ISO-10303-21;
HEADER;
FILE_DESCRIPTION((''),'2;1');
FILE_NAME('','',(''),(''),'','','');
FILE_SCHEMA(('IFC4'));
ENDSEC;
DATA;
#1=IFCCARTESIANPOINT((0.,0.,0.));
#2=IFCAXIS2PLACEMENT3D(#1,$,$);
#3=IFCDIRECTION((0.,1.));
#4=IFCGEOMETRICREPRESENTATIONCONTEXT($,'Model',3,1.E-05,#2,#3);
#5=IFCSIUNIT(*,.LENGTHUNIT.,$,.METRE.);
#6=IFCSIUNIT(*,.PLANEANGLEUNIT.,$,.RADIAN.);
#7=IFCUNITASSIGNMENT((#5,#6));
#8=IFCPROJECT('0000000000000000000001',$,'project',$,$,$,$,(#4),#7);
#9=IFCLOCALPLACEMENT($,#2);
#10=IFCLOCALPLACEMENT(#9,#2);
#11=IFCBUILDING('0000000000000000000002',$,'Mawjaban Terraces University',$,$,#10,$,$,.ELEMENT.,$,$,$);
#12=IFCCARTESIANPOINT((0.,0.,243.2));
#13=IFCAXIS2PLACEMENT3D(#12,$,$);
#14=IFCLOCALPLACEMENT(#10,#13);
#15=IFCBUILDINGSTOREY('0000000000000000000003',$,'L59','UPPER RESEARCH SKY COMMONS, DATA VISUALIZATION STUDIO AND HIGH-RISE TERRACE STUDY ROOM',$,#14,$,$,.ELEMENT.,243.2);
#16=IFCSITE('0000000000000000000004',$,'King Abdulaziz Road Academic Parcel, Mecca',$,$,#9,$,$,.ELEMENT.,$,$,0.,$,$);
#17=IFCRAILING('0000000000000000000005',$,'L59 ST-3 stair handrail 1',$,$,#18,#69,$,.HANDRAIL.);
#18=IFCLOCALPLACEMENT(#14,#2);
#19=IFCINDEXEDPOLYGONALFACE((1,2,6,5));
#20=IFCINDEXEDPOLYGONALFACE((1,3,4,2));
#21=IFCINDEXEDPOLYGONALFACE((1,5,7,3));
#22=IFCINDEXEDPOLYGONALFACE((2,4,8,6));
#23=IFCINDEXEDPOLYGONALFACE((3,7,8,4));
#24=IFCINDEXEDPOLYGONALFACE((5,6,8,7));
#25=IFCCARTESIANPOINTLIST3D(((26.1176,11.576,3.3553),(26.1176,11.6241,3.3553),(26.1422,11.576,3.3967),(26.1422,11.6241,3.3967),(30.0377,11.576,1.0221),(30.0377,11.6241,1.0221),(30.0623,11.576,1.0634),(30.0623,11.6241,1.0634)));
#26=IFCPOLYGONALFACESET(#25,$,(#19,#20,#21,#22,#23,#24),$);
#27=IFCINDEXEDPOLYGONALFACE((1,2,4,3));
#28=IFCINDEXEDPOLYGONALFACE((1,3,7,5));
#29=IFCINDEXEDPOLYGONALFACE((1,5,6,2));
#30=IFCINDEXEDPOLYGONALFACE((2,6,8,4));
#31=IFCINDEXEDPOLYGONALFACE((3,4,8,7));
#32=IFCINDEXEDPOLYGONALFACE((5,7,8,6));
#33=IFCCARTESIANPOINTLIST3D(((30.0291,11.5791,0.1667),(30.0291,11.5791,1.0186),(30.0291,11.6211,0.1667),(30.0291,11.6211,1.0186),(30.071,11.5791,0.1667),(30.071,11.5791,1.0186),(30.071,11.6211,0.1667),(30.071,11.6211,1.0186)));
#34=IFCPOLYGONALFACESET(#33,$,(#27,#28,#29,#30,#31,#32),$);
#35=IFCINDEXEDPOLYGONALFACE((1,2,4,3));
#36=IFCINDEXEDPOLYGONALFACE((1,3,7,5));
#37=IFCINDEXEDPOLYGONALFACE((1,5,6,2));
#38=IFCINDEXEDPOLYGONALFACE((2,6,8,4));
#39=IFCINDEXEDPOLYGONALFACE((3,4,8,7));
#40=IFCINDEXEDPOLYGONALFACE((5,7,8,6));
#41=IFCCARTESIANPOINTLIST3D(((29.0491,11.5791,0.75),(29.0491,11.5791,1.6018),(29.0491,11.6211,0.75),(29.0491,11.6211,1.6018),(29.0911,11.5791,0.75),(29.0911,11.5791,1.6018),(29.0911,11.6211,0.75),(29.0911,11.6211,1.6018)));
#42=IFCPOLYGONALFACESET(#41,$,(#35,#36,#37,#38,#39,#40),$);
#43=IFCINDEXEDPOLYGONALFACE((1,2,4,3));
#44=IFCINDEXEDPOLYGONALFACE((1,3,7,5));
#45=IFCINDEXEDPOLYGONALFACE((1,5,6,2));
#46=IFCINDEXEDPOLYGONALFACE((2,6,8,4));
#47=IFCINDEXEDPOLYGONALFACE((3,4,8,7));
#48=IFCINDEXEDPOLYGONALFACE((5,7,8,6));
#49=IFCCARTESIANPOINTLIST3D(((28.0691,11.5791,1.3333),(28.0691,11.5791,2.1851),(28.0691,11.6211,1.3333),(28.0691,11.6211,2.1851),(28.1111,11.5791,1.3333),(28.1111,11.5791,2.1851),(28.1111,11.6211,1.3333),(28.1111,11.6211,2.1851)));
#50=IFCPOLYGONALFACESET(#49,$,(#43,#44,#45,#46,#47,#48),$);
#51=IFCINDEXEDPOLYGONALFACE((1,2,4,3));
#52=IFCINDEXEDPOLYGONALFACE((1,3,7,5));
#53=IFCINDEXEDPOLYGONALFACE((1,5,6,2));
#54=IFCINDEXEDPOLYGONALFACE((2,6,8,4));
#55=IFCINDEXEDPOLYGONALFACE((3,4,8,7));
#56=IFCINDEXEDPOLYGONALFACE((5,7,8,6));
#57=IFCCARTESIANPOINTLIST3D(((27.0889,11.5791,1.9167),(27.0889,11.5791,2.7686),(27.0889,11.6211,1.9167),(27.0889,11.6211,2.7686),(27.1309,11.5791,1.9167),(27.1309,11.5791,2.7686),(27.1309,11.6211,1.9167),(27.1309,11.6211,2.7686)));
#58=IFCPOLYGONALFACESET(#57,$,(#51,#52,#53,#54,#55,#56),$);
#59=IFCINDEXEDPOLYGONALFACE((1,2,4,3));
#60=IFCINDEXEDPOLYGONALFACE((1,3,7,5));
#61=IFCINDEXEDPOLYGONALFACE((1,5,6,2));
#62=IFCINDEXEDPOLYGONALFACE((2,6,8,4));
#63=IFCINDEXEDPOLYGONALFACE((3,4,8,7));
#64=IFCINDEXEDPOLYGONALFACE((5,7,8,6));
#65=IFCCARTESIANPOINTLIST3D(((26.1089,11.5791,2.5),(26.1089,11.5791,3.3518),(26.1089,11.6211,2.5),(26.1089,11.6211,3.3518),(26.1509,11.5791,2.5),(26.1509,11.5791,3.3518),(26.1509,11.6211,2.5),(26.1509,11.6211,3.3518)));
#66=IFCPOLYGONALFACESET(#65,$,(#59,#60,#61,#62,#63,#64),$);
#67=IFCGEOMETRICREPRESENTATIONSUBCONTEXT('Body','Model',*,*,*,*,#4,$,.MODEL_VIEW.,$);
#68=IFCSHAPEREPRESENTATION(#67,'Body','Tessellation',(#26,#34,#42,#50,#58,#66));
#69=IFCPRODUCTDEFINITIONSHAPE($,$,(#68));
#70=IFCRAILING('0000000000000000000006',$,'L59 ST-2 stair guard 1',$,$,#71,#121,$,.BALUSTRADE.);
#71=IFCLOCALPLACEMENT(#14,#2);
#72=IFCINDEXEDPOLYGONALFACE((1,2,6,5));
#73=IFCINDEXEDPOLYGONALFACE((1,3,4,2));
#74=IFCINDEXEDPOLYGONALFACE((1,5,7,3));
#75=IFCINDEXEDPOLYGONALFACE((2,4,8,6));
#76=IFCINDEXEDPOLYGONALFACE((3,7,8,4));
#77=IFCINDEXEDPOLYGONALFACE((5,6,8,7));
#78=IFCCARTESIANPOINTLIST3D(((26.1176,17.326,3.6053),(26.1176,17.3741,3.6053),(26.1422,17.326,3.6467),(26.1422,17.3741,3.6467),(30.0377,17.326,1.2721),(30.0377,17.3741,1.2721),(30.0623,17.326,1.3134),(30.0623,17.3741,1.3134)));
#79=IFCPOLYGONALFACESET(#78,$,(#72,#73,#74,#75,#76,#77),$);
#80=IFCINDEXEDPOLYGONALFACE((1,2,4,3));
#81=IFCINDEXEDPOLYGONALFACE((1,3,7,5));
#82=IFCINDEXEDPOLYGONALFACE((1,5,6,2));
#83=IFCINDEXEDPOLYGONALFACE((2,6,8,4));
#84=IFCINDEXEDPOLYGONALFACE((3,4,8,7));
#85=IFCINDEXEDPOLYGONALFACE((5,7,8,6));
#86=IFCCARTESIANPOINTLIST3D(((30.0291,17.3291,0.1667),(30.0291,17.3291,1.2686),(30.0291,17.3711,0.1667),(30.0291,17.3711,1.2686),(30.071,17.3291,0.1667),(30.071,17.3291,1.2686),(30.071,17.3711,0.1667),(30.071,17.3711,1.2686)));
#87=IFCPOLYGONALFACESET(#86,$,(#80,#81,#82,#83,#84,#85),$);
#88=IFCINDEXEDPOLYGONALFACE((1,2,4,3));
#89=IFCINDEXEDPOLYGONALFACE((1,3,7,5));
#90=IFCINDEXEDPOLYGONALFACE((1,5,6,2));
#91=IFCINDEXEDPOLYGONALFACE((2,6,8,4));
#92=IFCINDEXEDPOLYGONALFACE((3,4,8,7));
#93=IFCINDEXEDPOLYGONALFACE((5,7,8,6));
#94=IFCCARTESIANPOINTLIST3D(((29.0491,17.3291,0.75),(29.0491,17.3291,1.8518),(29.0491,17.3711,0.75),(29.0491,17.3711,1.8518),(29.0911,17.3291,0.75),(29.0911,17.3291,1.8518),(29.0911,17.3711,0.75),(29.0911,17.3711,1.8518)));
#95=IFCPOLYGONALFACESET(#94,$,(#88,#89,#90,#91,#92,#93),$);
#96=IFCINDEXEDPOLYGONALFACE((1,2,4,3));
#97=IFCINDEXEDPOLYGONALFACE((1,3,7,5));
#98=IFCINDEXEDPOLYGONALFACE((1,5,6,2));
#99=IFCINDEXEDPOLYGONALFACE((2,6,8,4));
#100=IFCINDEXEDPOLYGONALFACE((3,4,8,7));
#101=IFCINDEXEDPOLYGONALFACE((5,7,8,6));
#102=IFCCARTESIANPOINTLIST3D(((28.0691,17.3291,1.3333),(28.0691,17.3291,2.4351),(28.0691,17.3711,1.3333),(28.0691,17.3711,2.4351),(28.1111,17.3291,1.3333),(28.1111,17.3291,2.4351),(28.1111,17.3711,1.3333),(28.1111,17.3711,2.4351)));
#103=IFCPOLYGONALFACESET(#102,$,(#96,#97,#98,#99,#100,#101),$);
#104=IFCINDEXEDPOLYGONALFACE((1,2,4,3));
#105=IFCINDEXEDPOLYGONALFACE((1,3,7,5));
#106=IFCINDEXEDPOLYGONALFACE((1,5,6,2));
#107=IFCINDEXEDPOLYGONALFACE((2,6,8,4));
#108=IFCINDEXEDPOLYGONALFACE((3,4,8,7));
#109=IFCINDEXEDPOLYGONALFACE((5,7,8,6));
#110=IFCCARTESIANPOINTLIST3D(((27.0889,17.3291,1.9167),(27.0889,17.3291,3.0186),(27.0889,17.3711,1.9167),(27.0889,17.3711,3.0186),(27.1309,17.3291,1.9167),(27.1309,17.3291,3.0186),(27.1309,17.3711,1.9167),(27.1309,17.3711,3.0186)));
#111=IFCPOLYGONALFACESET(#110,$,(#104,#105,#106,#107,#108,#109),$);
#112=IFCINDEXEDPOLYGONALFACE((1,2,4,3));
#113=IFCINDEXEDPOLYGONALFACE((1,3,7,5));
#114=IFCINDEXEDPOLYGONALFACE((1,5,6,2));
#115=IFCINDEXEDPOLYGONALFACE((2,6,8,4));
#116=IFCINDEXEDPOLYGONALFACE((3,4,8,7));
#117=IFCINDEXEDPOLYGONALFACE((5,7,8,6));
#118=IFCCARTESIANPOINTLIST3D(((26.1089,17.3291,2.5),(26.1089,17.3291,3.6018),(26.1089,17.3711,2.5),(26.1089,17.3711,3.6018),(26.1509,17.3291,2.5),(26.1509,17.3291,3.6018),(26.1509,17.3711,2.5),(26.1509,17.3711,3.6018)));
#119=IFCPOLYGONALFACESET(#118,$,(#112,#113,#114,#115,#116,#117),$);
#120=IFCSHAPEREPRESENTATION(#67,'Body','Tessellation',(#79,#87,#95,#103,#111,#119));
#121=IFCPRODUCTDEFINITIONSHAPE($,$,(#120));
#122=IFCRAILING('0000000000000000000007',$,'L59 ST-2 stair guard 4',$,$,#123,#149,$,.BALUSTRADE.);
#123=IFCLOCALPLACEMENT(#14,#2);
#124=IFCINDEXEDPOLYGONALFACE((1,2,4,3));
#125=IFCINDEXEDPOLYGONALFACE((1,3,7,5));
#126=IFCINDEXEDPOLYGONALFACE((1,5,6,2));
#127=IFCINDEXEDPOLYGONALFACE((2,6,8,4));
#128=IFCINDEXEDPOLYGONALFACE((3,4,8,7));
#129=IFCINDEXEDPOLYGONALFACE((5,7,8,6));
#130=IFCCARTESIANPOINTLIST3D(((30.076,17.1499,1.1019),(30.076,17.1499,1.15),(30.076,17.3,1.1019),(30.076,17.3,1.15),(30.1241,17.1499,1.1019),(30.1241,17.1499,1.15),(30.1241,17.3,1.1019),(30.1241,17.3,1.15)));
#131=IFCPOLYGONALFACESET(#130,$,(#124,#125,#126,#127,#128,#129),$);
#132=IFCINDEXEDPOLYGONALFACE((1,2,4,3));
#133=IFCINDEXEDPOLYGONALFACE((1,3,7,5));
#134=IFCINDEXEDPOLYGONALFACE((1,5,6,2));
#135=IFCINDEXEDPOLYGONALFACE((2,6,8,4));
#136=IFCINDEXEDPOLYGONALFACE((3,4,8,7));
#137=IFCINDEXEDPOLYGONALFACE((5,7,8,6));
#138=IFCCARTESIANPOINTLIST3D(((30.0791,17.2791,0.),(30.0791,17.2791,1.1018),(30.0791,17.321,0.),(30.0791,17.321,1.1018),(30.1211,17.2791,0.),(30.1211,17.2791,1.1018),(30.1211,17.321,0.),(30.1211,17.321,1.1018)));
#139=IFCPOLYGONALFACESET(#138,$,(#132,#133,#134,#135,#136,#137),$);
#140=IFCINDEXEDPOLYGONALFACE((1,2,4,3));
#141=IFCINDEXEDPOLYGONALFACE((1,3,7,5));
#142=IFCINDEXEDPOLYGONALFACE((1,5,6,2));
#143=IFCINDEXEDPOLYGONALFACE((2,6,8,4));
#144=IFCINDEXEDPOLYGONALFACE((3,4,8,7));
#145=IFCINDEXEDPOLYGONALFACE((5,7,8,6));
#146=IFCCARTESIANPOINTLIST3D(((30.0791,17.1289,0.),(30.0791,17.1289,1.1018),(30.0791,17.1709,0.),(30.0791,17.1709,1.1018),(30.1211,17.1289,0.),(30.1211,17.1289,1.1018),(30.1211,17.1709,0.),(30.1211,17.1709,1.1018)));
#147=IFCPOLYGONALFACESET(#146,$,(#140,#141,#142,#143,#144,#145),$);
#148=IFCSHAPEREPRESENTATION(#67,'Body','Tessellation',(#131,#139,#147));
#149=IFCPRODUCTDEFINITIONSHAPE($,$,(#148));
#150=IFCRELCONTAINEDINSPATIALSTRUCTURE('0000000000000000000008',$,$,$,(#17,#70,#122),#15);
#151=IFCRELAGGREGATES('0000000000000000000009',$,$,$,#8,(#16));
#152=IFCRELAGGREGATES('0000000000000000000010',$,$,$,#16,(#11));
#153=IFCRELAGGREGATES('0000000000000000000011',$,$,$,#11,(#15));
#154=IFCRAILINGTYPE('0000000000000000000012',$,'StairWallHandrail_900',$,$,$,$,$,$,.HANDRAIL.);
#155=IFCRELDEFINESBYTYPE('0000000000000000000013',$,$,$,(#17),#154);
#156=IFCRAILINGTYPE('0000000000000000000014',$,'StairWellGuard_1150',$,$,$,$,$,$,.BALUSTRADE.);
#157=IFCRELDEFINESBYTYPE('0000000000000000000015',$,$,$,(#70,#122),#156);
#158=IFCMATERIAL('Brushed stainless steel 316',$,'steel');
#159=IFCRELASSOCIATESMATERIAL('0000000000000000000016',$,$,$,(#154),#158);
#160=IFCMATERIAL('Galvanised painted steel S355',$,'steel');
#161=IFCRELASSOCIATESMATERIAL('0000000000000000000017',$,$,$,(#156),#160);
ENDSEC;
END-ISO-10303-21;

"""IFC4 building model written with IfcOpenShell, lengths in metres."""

from ifc_helpers import new_model, si_unit, direction, frame, origin, origin_2d, place, context, subcontext, project, spatial, rectangle, extrude, material, type_object, element, save


model = new_model("IFC4")

# Units and contexts
model_context = context("Model", 3, precision=1e-05, world=origin(), true_north=direction((0.0, 1.0)))
body_context = subcontext(model_context, "Body", "Model", "MODEL_VIEW")
ifc_project = project(units=[si_unit("LENGTHUNIT", "METRE"), si_unit("PLANEANGLEUNIT", "RADIAN")], contexts=[model_context])

# Site, building, storey
site_placement = place(None, origin())
site = spatial("IfcSite", under=ifc_project, at=site_placement, Name="King Abdulaziz Road Academic Parcel, Mecca", CompositionType="ELEMENT", RefElevation=0.0)
building_placement = place(site_placement, origin())
building = spatial("IfcBuilding", under=site, at=building_placement, Name="Mawjaban Terraces University", CompositionType="ELEMENT")
storey_placement = place(building_placement, frame((0.0, 0.0, 243.2)))
storey = spatial("IfcBuildingStorey", under=building, at=storey_placement, Name="L59", Description="UPPER RESEARCH SKY COMMONS, DATA VISUALIZATION STUDIO AND HIGH-RISE TERRACE STUDY ROOM", CompositionType="ELEMENT", Elevation=243.2)

# Railings
ifc_material_1 = material(Name="Brushed stainless steel 316", Category="steel")
railing_type_1 = type_object("IfcRailingType", Name="StairWallHandrail_900", PredefinedType="HANDRAIL", material=ifc_material_1)
for number, where, name in (
    (1, (30.05, 11.6001, 0.1667), "L59 ST-3 stair handrail 1"),
):
    element("IfcRailing", number, at=place(storey_placement, frame(where)), inside=storey, type_object=railing_type_1, Name=name, PredefinedType="HANDRAIL", context=body_context, shape_type="SweptSolid", body=[
        extrude(rectangle(XDim=0.0481, YDim=0.0481, at=origin_2d()), frame((0.0, 0.0, 0.876), z_axis=(-0.85931, 0.0, 0.511455), x_axis=(0.0, -1.0, 0.0)), (0.0, 0.0, 1.0), 4.562),
        extrude(rectangle(XDim=0.042, YDim=0.042, at=origin_2d()), origin(), (0.0, 0.0, 1.0), 0.8518),
        extrude(rectangle(XDim=0.042, YDim=0.042, at=origin_2d()), frame((-0.98, 0.0, 0.5833)), (0.0, 0.0, 1.0), 0.8518),
        extrude(rectangle(XDim=0.042, YDim=0.042, at=origin_2d()), frame((-1.96, 0.0, 1.1665)), (0.0, 0.0, 1.0), 0.8518),
        extrude(rectangle(XDim=0.042, YDim=0.042, at=origin_2d()), frame((-2.9402, 0.0, 1.75)), (0.0, 0.0, 1.0), 0.8518),
        extrude(rectangle(XDim=0.042, YDim=0.042, at=origin_2d()), frame((-3.9202, 0.0, 2.3333)), (0.0, 0.0, 1.0), 0.8518),
    ])
ifc_material_2 = material(Name="Galvanised painted steel S355", Category="steel")
railing_type_2 = type_object("IfcRailingType", Name="StairWellGuard_1150", PredefinedType="BALUSTRADE", material=ifc_material_2)
railing_1_placement = place(storey_placement, frame((30.05, 17.3501, 0.1667)))
element("IfcRailing", 2, at=railing_1_placement, inside=storey, type_object=railing_type_2, Name="L59 ST-2 stair guard 1", PredefinedType="BALUSTRADE", context=body_context, shape_type="SweptSolid", body=[
    extrude(rectangle(XDim=0.0481, YDim=0.0481, at=origin_2d()), frame((0.0, 0.0, 1.126), z_axis=(-0.85931, 0.0, 0.511455), x_axis=(0.0, -1.0, 0.0)), (0.0, 0.0, 1.0), 4.562),
    extrude(rectangle(XDim=0.042, YDim=0.042, at=origin_2d()), origin(), (0.0, 0.0, 1.0), 1.1018),
    extrude(rectangle(XDim=0.042, YDim=0.042, at=origin_2d()), frame((-0.98, 0.0, 0.5833)), (0.0, 0.0, 1.0), 1.1018),
    extrude(rectangle(XDim=0.042, YDim=0.042, at=origin_2d()), frame((-1.96, 0.0, 1.1665)), (0.0, 0.0, 1.0), 1.1018),
    extrude(rectangle(XDim=0.042, YDim=0.042, at=origin_2d()), frame((-2.9402, 0.0, 1.75)), (0.0, 0.0, 1.0), 1.1018),
    extrude(rectangle(XDim=0.042, YDim=0.042, at=origin_2d()), frame((-3.9202, 0.0, 2.3333)), (0.0, 0.0, 1.0), 1.1018),
])
railing_2_placement = place(storey_placement, frame((30.1001, 17.3, 0.0)))
element("IfcRailing", 3, at=railing_2_placement, inside=storey, type_object=railing_type_2, Name="L59 ST-2 stair guard 4", PredefinedType="BALUSTRADE", context=body_context, shape_type="SweptSolid", body=[
    extrude(rectangle(XDim=0.0481, YDim=0.0481, at=origin_2d()), frame((0.0, 0.0, 1.126), z_axis=(0.0, -1.0, 0.0), x_axis=(1.0, 0.0, 0.0)), (0.0, 0.0, 1.0), 0.1501),
    extrude(rectangle(XDim=0.042, YDim=0.042, at=origin_2d()), origin(), (0.0, 0.0, 1.0), 1.1018),
    extrude(rectangle(XDim=0.042, YDim=0.042, at=origin_2d()), frame((0.0, -0.1501, 0.0)), (0.0, 0.0, 1.0), 1.1018),
])

save(model, "model.ifc")
